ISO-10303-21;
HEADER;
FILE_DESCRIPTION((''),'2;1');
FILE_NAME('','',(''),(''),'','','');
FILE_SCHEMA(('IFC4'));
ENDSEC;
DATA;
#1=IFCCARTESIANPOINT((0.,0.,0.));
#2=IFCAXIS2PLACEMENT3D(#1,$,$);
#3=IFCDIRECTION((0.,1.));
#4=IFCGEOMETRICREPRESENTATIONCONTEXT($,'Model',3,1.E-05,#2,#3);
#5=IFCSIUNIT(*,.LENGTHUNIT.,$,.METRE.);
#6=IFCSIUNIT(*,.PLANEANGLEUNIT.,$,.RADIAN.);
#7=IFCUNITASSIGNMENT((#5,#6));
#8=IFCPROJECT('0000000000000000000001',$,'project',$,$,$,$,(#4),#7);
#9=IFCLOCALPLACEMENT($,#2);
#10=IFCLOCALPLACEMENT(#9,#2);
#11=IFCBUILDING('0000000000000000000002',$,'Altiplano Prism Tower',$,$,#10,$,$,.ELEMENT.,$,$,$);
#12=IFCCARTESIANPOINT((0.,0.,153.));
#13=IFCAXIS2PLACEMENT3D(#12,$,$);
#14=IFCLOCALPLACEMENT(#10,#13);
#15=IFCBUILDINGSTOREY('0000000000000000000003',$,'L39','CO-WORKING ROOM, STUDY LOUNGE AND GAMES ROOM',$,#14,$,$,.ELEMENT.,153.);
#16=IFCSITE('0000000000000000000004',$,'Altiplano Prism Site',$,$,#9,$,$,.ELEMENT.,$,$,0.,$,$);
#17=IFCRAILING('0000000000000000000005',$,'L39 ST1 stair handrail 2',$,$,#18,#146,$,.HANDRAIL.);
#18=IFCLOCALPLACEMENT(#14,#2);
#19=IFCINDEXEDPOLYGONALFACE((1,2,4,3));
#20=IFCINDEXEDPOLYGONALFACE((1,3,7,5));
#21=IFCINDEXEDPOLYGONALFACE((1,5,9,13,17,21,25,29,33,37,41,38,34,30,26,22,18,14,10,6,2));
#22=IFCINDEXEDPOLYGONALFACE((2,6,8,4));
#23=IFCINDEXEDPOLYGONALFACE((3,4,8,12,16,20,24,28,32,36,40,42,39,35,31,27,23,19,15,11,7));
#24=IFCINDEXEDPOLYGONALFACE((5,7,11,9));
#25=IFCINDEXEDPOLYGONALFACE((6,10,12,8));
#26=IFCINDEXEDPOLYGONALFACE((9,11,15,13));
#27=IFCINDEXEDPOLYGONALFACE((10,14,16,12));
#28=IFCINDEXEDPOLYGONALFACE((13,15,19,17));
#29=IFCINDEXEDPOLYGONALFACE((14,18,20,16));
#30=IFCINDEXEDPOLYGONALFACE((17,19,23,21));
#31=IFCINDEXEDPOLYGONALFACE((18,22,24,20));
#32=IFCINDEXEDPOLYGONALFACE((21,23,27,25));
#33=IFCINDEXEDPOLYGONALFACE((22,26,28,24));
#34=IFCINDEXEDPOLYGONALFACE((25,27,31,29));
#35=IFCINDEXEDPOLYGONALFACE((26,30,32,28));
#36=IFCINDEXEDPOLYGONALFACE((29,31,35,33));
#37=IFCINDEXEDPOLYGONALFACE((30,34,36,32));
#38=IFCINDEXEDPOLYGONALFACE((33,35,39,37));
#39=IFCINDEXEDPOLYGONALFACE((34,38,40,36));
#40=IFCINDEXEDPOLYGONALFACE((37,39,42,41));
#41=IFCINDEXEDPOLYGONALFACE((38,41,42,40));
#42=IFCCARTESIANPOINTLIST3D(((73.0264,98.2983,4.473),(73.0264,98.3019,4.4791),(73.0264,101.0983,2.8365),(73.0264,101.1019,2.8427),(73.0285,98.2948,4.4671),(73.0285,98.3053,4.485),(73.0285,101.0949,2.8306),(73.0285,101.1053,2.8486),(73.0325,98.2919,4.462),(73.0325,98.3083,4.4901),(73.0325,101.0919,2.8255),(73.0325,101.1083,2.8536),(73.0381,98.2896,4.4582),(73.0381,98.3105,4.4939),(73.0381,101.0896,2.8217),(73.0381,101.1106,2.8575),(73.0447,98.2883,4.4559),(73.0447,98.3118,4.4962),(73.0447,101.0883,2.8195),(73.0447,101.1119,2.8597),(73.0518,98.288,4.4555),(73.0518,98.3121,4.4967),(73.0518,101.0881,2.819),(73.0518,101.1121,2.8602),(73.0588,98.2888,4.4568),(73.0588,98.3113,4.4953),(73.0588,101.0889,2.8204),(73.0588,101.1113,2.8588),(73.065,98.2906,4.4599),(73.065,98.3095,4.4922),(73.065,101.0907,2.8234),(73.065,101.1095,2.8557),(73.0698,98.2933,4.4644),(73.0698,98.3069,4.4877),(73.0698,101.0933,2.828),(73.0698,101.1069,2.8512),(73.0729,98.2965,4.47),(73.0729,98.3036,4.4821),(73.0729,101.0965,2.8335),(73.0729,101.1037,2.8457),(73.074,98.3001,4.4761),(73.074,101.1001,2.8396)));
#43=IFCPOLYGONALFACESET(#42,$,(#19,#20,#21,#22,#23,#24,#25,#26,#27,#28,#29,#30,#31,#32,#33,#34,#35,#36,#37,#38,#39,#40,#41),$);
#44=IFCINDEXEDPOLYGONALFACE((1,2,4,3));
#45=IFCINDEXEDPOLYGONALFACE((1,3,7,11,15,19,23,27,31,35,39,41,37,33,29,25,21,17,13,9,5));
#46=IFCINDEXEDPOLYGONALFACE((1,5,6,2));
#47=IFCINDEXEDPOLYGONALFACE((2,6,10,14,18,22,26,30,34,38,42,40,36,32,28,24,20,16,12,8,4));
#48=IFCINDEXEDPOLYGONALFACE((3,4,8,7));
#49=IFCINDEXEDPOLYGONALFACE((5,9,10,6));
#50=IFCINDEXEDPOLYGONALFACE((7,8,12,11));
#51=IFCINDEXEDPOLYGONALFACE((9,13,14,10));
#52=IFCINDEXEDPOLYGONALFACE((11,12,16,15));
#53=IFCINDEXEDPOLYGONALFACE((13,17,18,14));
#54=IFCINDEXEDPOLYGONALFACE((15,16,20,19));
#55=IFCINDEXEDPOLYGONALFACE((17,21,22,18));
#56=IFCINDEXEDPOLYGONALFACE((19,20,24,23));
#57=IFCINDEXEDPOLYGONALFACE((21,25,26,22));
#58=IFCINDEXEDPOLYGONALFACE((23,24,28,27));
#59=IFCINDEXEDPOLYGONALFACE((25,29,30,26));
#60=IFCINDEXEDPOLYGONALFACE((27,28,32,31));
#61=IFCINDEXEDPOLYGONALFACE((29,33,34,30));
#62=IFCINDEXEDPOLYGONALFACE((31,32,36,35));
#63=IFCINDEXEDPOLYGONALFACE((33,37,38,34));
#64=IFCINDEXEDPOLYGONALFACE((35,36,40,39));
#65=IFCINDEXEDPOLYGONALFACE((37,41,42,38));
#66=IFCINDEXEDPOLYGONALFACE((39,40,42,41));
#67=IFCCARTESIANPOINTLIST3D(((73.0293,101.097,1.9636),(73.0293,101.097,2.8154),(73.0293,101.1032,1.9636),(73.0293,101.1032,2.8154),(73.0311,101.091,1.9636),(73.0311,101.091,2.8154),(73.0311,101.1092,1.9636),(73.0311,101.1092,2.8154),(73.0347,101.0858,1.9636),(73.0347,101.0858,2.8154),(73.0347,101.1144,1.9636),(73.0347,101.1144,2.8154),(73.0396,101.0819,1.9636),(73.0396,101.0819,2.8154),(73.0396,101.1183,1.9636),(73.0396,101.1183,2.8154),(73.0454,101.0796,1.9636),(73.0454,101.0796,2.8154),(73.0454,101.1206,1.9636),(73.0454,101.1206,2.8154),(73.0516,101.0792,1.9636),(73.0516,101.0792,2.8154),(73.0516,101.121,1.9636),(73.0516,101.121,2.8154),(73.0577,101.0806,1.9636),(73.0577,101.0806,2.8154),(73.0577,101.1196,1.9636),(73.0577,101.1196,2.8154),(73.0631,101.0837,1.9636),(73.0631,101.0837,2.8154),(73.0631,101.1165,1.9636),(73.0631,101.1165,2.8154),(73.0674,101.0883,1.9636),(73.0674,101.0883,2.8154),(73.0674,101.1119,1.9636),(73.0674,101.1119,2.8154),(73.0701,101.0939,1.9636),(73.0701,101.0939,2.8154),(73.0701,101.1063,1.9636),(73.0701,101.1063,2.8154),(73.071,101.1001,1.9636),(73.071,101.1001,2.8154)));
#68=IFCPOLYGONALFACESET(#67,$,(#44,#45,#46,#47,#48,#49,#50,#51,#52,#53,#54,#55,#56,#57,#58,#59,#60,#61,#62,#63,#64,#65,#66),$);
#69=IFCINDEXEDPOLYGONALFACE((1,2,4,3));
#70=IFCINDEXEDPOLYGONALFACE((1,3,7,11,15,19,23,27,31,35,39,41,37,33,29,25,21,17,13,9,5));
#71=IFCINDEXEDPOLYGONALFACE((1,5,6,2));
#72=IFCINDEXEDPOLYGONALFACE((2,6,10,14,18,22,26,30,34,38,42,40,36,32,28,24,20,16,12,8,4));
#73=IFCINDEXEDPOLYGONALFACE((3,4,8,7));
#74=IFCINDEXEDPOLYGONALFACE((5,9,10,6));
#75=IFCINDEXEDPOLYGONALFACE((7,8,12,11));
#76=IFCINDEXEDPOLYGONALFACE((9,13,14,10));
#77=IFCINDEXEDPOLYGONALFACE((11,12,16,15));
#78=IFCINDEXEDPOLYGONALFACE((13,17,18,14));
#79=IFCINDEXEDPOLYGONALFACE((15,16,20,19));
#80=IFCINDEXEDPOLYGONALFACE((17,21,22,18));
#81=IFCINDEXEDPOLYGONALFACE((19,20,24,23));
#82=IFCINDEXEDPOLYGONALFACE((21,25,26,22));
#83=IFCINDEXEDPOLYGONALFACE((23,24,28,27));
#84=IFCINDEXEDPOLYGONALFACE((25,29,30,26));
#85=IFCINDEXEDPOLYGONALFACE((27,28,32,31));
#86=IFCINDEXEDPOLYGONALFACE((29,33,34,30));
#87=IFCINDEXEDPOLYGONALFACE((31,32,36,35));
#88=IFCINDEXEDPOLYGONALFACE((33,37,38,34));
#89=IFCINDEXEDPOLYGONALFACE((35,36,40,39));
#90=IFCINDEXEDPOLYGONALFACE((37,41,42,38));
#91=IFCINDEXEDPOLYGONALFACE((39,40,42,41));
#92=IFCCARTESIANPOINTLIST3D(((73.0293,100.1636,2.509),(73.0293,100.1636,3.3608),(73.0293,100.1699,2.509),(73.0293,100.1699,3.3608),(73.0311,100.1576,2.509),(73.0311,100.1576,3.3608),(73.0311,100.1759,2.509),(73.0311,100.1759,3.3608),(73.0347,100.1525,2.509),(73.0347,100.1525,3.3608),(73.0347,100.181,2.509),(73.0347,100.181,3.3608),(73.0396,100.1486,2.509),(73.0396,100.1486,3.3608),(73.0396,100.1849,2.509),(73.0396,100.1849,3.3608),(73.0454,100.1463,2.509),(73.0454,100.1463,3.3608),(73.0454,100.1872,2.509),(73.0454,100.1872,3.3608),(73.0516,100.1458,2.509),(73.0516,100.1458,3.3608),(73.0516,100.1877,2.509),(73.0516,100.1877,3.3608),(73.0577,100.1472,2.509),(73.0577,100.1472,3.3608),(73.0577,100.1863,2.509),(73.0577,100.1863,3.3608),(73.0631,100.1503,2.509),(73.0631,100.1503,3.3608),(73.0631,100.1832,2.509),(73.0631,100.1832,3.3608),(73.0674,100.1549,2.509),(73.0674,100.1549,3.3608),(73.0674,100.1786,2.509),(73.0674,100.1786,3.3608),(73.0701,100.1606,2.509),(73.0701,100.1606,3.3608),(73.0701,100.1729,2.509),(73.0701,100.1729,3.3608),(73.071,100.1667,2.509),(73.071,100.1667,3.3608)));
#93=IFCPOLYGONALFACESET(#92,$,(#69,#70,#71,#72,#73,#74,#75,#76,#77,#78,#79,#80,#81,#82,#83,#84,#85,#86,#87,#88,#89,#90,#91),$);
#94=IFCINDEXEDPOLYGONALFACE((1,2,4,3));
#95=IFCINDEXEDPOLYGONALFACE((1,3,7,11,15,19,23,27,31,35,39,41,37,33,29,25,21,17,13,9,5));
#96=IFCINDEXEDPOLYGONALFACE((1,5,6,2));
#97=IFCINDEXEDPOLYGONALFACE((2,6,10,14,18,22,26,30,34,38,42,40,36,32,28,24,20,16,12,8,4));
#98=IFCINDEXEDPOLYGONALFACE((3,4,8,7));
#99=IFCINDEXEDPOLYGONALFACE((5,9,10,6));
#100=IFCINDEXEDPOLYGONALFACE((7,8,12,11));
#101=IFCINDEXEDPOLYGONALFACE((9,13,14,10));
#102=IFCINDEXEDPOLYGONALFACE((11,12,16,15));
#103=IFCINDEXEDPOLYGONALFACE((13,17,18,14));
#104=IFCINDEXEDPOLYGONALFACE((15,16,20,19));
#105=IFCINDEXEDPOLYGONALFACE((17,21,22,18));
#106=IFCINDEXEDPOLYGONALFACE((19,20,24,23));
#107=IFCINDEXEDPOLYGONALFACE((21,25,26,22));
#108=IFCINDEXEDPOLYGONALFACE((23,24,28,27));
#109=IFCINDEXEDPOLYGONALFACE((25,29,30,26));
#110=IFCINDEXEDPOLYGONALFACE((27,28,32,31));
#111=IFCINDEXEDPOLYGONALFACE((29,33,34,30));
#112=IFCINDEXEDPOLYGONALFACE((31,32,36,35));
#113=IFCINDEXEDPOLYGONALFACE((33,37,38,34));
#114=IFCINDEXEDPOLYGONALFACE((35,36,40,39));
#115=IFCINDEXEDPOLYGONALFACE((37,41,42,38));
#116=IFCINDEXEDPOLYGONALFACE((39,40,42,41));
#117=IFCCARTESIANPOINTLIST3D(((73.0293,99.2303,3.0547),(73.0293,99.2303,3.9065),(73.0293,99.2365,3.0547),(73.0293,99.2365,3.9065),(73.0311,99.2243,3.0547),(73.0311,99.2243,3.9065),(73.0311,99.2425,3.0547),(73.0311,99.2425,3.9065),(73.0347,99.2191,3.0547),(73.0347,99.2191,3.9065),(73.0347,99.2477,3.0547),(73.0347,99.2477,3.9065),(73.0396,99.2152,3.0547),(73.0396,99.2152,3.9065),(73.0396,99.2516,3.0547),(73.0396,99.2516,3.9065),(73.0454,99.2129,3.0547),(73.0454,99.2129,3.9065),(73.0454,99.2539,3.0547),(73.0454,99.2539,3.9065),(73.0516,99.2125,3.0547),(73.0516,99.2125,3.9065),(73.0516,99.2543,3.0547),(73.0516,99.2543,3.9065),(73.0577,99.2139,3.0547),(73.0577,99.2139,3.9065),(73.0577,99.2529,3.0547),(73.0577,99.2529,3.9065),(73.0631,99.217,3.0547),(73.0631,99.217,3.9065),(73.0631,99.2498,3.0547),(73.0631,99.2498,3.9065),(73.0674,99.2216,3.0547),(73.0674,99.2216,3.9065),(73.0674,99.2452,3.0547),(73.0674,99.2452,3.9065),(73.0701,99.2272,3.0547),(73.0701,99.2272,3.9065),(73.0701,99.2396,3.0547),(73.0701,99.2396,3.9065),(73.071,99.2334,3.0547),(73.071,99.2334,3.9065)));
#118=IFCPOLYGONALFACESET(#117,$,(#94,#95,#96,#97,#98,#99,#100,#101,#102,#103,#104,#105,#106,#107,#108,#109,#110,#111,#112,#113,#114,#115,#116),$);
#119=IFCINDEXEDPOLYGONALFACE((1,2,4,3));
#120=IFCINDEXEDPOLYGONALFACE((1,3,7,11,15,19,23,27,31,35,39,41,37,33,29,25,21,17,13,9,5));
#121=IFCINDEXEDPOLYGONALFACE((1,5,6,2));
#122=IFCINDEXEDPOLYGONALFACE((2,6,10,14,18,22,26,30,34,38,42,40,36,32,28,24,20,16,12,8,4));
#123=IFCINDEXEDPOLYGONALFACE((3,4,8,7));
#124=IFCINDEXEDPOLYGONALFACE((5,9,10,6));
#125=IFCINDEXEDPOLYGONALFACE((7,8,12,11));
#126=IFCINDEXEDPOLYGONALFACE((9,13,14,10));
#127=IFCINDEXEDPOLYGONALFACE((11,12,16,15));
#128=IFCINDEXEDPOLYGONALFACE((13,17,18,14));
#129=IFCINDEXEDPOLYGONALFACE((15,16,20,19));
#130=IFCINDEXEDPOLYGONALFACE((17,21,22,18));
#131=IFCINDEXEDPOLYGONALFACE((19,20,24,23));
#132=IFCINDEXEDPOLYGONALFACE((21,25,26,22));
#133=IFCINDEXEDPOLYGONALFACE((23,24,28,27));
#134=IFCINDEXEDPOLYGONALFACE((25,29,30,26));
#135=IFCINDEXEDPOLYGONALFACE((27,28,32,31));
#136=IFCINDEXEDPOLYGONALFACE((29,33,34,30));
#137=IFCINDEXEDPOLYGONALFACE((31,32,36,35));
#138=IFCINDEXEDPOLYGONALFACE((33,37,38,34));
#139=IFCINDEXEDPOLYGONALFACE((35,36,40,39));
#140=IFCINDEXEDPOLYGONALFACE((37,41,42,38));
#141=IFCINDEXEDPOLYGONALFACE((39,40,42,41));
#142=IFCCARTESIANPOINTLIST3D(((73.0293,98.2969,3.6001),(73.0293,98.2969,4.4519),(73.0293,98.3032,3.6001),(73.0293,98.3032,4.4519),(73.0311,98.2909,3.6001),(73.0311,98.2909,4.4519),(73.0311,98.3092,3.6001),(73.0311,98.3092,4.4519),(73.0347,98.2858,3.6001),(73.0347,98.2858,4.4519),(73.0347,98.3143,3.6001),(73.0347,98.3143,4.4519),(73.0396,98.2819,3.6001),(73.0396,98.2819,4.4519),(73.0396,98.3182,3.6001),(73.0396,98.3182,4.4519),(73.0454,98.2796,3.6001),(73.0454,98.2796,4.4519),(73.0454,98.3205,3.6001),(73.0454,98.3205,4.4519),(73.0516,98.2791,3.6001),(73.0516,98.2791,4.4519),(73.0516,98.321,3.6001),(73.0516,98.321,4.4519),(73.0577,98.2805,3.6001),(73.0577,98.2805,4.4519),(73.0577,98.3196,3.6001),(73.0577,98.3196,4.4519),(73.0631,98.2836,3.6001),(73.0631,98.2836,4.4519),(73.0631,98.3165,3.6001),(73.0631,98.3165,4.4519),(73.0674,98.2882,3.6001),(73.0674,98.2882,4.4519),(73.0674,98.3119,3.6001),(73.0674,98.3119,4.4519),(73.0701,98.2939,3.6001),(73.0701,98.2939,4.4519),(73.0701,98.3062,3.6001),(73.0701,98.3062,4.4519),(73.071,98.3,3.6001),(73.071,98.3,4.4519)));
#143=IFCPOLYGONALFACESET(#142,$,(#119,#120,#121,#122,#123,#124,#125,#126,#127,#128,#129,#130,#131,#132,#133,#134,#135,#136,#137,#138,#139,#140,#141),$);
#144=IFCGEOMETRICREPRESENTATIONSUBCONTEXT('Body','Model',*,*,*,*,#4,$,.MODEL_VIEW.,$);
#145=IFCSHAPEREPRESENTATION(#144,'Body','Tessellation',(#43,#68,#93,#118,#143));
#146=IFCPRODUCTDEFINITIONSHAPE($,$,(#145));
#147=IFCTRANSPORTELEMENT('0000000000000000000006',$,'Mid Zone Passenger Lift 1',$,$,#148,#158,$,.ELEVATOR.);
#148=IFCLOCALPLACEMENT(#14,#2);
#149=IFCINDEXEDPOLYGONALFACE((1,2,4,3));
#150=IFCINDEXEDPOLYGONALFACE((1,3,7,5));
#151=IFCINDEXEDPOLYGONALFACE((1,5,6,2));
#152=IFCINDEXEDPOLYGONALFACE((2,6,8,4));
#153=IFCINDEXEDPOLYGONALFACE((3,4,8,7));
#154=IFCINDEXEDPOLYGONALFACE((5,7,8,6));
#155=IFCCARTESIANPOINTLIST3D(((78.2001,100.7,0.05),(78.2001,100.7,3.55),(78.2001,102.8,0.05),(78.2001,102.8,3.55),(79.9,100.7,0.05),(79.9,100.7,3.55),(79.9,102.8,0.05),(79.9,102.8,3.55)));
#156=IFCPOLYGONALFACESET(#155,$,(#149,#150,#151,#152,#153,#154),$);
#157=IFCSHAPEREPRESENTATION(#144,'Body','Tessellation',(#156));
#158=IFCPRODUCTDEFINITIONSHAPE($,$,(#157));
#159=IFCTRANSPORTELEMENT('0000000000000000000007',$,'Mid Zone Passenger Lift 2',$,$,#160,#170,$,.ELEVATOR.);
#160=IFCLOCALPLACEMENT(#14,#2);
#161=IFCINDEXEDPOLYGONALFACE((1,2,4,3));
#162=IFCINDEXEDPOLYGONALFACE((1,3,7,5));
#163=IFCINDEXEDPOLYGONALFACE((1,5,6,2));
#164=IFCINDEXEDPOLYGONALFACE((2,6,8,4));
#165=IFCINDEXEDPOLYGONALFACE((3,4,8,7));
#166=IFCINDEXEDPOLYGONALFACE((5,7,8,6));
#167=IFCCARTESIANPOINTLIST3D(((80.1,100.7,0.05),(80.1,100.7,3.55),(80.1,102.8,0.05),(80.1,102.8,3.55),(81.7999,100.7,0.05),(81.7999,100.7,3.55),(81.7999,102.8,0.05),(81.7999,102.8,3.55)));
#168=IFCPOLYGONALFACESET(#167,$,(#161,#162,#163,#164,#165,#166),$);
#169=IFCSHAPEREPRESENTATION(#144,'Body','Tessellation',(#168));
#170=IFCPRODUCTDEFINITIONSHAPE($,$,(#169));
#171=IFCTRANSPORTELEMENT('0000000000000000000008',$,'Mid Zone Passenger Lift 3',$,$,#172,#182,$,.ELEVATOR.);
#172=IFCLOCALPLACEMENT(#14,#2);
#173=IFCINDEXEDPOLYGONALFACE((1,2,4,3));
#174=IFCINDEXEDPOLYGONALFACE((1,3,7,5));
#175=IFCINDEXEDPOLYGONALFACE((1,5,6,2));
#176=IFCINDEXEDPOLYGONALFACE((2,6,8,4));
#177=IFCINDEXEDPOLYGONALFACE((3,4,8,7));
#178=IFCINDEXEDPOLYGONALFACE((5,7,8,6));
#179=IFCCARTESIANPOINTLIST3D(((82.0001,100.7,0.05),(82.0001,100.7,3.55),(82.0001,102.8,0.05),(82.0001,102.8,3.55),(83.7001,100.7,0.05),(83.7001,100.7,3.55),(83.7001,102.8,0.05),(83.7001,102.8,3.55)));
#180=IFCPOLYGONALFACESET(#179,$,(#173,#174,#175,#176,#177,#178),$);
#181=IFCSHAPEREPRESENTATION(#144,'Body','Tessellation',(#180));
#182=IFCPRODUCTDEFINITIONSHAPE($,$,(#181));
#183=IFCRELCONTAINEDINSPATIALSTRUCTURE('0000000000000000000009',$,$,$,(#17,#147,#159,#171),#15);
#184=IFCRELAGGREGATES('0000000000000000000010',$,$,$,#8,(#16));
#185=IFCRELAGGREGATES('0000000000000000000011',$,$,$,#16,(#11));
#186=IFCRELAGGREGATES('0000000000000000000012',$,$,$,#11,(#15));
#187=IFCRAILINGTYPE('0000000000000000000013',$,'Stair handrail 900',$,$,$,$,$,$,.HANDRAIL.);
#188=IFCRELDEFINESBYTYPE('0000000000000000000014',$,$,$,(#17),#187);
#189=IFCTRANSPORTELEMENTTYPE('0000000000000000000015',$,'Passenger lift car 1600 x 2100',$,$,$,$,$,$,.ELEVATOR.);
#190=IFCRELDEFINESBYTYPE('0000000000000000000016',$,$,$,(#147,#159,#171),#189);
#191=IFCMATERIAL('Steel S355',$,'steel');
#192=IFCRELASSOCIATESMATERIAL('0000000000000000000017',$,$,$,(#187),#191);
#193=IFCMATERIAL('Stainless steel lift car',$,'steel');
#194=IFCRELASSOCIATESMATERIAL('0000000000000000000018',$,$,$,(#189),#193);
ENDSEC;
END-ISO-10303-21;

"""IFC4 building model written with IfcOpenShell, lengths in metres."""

from ifc_helpers import new_model, si_unit, direction, frame, origin, origin_2d, place, context, subcontext, project, spatial, rectangle, circle, extrude, material, type_object, element, save


model = new_model("IFC4")

# Units and contexts
model_context = context("Model", 3, precision=1e-05, world=origin(), true_north=direction((0.0, 1.0)))
body_context = subcontext(model_context, "Body", "Model", "MODEL_VIEW")
ifc_project = project(units=[si_unit("LENGTHUNIT", "METRE"), si_unit("PLANEANGLEUNIT", "RADIAN")], contexts=[model_context])

# Site, building, storey
site_placement = place(None, origin())
site = spatial("IfcSite", under=ifc_project, at=site_placement, Name="Altiplano Prism Site", CompositionType="ELEMENT", RefElevation=0.0)
building_placement = place(site_placement, origin())
building = spatial("IfcBuilding", under=site, at=building_placement, Name="Altiplano Prism Tower", CompositionType="ELEMENT")
storey_placement = place(building_placement, frame((0.0, 0.0, 153.0)))
storey = spatial("IfcBuildingStorey", under=building, at=storey_placement, Name="L39", Description="CO-WORKING ROOM, STUDY LOUNGE AND GAMES ROOM", CompositionType="ELEMENT", Elevation=153.0)

# Railing
ifc_material_1 = material(Name="Steel S355", Category="steel")
railing_type = type_object("IfcRailingType", Name="Stair handrail 900", PredefinedType="HANDRAIL", material=ifc_material_1)
railing_placement = place(storey_placement, frame((73.05, 101.1001, 1.9636)))
element("IfcRailing", 1, at=railing_placement, inside=storey, type_object=railing_type, Name="L39 ST1 stair handrail 2", PredefinedType="HANDRAIL", context=body_context, shape_type="SweptSolid", body=[
    extrude(circle(Radius=0.0239, at=origin_2d()), frame((0.0, 0.0, 0.876), z_axis=(0.0, -0.863361, 0.504587), x_axis=(1.0, 0.0, 0.0)), (0.0, 0.0, 1.0), 3.2432),
    extrude(circle(Radius=0.021, at=origin_2d()), origin(), (0.0, 0.0, 1.0), 0.8518),
    extrude(circle(Radius=0.021, at=origin_2d()), frame((0.0, -0.9333, 0.5454)), (0.0, 0.0, 1.0), 0.8518),
    extrude(circle(Radius=0.021, at=origin_2d()), frame((0.0, -1.8667, 1.0911)), (0.0, 0.0, 1.0), 0.8518),
    extrude(circle(Radius=0.021, at=origin_2d()), frame((0.0, -2.8, 1.6365)), (0.0, 0.0, 1.0), 0.8518),
])

# Transport elements
ifc_material_2 = material(Name="Stainless steel lift car", Category="steel")
transport_element_type = type_object("IfcTransportElementType", Name="Passenger lift car 1600 x 2100", PredefinedType="ELEVATOR", material=ifc_material_2)
for number, where, z_axis, x_axis, name in (
    (2, (79.05, 101.75, 0.05), (0.0, 0.0, 1.0), (1.0, 0.0, 0.0), "Mid Zone Passenger Lift 1"),
    (3, (80.95, 101.75, 0.05), (0.0, 0.0, 1.0), (1.0, 0.0, 0.0), "Mid Zone Passenger Lift 2"),
    (4, (82.8501, 101.75, 0.05), (0.0, 0.0, 1.0), (1.0, 0.0, 0.0), "Mid Zone Passenger Lift 3"),
):
    element("IfcTransportElement", number, at=place(storey_placement, frame(where, z_axis=z_axis, x_axis=x_axis)), inside=storey, type_object=transport_element_type, Name=name, PredefinedType="ELEVATOR", context=body_context, shape_type="SweptSolid", body=[
        extrude(rectangle(XDim=1.7, YDim=2.1001, at=origin_2d()), origin(), (0.0, 0.0, 1.0), 3.5),
    ])

save(model, "model.ifc")
